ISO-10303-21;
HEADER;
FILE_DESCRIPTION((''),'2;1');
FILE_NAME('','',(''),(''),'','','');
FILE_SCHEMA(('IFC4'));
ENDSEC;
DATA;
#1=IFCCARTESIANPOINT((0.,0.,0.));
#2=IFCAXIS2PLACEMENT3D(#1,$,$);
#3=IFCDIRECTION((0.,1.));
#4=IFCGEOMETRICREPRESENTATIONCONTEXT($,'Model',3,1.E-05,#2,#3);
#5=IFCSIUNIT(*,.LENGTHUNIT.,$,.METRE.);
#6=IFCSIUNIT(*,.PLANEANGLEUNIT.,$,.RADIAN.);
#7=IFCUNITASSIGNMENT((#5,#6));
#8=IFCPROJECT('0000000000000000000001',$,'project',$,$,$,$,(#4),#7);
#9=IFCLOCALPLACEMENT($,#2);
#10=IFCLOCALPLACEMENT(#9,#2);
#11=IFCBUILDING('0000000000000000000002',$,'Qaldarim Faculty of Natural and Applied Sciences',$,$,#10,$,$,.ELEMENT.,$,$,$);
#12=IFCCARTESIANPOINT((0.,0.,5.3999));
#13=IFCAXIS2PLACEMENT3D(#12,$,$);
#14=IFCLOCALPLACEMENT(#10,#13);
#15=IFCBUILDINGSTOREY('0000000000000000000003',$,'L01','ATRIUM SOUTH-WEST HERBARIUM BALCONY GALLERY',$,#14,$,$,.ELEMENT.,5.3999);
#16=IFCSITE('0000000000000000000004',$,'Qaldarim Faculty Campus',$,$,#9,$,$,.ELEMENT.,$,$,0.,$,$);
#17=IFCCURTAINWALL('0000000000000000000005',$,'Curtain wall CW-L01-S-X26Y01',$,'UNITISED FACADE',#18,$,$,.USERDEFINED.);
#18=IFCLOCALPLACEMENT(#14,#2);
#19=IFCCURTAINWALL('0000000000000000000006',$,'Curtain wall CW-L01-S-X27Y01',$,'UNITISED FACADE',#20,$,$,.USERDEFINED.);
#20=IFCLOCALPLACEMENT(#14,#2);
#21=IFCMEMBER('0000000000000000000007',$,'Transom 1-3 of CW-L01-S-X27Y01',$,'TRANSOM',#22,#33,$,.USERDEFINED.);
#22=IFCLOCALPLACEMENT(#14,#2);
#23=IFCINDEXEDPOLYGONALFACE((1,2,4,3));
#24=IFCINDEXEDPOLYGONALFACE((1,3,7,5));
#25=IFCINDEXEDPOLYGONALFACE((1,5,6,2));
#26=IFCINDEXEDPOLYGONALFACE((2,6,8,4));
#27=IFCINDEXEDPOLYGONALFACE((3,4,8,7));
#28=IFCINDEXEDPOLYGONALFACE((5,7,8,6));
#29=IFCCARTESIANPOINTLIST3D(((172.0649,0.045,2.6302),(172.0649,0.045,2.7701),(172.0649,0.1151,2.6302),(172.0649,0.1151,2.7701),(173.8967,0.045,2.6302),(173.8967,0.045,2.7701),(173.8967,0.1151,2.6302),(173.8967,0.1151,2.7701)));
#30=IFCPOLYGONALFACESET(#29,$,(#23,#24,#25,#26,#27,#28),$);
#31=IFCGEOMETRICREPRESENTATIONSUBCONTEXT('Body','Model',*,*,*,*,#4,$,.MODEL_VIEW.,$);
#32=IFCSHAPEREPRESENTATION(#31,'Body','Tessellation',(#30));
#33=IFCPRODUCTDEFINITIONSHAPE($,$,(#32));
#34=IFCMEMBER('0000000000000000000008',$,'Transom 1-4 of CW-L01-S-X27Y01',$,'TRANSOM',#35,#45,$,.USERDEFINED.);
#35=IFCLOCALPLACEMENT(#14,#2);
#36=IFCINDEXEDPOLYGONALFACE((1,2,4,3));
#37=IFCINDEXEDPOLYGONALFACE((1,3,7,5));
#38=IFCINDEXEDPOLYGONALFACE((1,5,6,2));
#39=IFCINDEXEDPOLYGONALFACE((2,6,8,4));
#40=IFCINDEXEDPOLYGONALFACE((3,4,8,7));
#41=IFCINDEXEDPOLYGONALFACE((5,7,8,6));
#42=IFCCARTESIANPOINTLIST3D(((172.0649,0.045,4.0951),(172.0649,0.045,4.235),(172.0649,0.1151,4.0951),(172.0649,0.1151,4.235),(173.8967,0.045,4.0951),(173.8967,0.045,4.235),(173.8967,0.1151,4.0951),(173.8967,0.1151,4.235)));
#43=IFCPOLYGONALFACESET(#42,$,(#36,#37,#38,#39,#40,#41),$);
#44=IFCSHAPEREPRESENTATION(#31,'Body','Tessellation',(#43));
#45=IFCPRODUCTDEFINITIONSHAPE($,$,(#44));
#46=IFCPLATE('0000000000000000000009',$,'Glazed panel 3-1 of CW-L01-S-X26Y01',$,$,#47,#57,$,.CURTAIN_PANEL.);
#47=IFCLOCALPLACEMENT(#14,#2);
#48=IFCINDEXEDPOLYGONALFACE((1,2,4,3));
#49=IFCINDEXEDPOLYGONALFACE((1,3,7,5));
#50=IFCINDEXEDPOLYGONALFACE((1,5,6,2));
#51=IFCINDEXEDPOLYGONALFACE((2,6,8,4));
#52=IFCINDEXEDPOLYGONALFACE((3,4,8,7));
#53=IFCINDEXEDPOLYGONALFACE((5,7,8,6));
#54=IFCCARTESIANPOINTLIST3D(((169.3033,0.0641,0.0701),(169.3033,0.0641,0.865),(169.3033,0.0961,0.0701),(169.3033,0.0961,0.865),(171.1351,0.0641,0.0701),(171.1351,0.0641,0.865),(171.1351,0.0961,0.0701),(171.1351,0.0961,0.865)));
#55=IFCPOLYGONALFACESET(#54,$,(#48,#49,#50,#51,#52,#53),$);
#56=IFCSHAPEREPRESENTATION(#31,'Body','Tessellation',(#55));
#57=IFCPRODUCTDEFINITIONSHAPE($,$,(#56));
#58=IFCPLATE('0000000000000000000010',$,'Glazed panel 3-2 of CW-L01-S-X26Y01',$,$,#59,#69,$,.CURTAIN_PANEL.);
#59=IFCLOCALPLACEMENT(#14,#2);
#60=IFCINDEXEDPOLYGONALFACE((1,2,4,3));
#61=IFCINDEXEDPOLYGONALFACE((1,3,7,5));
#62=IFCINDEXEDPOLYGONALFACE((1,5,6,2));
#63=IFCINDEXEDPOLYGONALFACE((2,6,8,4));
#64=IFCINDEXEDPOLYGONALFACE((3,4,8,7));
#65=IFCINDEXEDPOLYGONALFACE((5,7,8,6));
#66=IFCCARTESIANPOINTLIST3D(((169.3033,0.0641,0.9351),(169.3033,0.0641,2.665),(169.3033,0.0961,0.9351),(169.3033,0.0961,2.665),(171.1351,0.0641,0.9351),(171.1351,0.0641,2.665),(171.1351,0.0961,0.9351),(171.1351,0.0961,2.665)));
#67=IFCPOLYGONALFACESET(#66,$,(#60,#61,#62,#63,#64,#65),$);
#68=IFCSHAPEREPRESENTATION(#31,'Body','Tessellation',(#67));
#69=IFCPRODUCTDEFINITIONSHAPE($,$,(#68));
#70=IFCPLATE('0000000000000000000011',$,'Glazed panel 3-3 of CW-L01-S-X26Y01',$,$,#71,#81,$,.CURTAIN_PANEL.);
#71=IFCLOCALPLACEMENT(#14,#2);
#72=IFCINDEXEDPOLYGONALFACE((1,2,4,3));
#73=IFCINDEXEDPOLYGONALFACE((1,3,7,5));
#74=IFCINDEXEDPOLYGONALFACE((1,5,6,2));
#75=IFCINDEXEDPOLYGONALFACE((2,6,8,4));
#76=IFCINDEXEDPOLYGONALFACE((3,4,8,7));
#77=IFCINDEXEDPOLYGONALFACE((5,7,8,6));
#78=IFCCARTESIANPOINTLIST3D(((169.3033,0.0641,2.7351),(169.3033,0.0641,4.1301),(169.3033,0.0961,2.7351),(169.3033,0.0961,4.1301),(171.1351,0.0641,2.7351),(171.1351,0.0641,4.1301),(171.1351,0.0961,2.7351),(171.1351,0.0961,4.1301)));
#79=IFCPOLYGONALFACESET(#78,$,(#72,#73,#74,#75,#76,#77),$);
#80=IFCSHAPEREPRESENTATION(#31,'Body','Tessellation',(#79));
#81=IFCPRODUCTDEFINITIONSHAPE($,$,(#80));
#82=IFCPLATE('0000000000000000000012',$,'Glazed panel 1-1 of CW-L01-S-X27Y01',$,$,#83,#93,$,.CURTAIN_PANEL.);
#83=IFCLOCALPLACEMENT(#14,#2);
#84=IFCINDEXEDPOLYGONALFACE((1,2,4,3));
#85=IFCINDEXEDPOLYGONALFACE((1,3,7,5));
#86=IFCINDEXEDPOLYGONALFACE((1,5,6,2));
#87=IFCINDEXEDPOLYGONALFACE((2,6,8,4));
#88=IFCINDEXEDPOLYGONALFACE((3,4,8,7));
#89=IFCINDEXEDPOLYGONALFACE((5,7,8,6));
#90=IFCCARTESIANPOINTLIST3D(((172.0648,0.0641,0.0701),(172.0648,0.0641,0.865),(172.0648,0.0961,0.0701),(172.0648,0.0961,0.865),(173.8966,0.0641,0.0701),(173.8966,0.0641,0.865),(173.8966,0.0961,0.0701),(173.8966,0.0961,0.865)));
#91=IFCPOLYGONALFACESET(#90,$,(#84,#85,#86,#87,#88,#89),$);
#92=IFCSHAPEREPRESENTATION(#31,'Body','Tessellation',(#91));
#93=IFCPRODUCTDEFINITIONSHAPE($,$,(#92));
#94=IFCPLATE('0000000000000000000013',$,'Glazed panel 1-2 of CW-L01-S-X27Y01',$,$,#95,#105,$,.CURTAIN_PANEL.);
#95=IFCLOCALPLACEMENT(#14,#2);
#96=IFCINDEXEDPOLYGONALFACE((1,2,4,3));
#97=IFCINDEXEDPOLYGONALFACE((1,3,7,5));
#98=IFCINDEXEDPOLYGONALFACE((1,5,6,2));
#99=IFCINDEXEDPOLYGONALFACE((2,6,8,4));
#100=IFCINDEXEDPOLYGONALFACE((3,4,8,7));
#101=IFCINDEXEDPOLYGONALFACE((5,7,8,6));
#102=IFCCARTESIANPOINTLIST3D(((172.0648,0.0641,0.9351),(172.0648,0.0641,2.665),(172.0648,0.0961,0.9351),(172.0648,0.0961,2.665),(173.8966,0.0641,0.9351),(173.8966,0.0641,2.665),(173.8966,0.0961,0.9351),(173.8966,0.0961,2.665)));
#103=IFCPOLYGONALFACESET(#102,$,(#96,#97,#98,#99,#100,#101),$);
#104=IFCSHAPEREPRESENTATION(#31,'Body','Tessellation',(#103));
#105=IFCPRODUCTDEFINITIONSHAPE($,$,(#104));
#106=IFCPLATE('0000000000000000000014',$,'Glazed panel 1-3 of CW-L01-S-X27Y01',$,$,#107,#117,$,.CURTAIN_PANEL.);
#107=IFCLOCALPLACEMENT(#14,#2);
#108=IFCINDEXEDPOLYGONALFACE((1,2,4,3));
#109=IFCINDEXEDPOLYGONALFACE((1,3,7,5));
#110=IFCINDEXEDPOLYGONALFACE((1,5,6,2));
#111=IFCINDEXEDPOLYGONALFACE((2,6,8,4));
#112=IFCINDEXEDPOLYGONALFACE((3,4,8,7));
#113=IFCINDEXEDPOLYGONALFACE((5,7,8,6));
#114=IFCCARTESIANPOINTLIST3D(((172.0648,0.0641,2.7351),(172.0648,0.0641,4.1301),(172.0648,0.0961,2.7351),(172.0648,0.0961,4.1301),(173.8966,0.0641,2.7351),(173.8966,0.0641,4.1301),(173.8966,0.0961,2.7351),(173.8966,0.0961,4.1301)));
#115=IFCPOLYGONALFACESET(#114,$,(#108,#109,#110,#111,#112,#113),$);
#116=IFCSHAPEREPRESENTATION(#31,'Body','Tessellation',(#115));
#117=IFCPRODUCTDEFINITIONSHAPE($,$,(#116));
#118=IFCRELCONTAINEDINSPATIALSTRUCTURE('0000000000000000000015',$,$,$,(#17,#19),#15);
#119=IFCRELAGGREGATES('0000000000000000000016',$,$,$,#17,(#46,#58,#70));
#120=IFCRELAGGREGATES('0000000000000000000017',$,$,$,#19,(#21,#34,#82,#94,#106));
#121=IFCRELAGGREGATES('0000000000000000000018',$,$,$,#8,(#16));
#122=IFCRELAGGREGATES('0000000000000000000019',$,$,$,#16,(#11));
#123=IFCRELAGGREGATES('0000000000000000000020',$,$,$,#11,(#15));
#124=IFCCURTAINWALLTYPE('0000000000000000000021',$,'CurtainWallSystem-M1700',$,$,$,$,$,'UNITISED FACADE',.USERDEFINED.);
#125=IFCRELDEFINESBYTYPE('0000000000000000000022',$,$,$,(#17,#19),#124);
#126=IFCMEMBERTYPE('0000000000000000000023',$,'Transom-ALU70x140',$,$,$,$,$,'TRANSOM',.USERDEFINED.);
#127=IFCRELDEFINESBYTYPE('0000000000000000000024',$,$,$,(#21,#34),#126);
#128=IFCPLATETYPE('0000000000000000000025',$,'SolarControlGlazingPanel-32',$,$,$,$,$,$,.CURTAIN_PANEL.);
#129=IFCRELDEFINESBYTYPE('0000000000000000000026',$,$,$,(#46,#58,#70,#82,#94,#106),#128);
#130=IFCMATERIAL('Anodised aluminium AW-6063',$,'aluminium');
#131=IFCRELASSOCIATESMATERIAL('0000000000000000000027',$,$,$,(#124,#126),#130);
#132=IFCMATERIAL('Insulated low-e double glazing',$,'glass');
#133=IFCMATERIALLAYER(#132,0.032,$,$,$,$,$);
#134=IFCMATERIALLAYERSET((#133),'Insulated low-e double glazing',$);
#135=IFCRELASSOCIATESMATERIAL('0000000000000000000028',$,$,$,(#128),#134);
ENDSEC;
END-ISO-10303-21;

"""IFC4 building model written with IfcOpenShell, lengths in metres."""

from ifc_helpers import new_model, si_unit, direction, frame, origin, origin_2d, place, context, subcontext, project, spatial, rectangle, extrude, material, layer, layer_set, material_profile, profile_set, type_object, element, aggregate, save


model = new_model("IFC4")

# Units and contexts
model_context = context("Model", 3, precision=1e-05, world=origin(), true_north=direction((0.0, 1.0)))
body_context = subcontext(model_context, "Body", "Model", "MODEL_VIEW")
ifc_project = project(units=[si_unit("LENGTHUNIT", "METRE"), si_unit("PLANEANGLEUNIT", "RADIAN")], contexts=[model_context])

# Site, building, storey
site_placement = place(None, origin())
site = spatial("IfcSite", under=ifc_project, at=site_placement, Name="Qaldarim Faculty Campus", CompositionType="ELEMENT", RefElevation=0.0)
building_placement = place(site_placement, origin())
building = spatial("IfcBuilding", under=site, at=building_placement, Name="Qaldarim Faculty of Natural and Applied Sciences", CompositionType="ELEMENT")
storey_placement = place(building_placement, frame((0.0, 0.0, 5.3999)))
storey = spatial("IfcBuildingStorey", under=building, at=storey_placement, Name="L01", Description="ATRIUM SOUTH-WEST HERBARIUM BALCONY GALLERY", CompositionType="ELEMENT", Elevation=5.3999)

# Curtain wall
ifc_material_1 = material(Name="Anodised aluminium AW-6063", Category="aluminium")
curtain_wall_type = type_object("IfcCurtainWallType", Name="CurtainWallSystem-M1700", ElementType="UNITISED FACADE", PredefinedType="USERDEFINED", material=ifc_material_1)
curtain_wall_1_placement = place(storey_placement, origin())
curtain_wall_1 = element("IfcCurtainWall", 1, at=curtain_wall_1_placement, inside=storey, type_object=curtain_wall_type, Name="Curtain wall CW-L01-S-X26Y01", ObjectType="UNITISED FACADE", PredefinedType="USERDEFINED")

# Curtain wall
curtain_wall_2_placement = place(storey_placement, origin())
curtain_wall_2 = element("IfcCurtainWall", 2, at=curtain_wall_2_placement, inside=storey, type_object=curtain_wall_type, Name="Curtain wall CW-L01-S-X27Y01", ObjectType="UNITISED FACADE", PredefinedType="USERDEFINED")

# Members
ifc_material_profile_1 = material_profile(ifc_material_1, rectangle(XDim=0.0701, YDim=0.1399, at=origin_2d()), Name="ALU-T70x140")
ifc_profile_set_1 = profile_set([ifc_material_profile_1], Name="Anodised aluminium AW-6063")
member_type_1 = type_object("IfcMemberType", Name="Transom-ALU70x140", ElementType="TRANSOM", PredefinedType="USERDEFINED", material=ifc_profile_set_1)
member_1_placement = place(storey_placement, frame((172.0649, 0.0801, 2.7002), z_axis=(1.0, 0.0, 0.0), x_axis=(0.0, 1.0, 0.0)))
member_1 = element("IfcMember", 3, at=member_1_placement, type_object=member_type_1, Name="Transom 1-3 of CW-L01-S-X27Y01", ObjectType="TRANSOM", PredefinedType="USERDEFINED", context=body_context, shape_type="SweptSolid", body=[
    extrude(rectangle(XDim=0.0701, YDim=0.1399, at=origin_2d()), origin(), (0.0, 0.0, 1.0), 1.8318),
])
member_2_placement = place(storey_placement, frame((172.0649, 0.0801, 4.165), z_axis=(1.0, 0.0, 0.0), x_axis=(0.0, 1.0, 0.0)))
member_2 = element("IfcMember", 4, at=member_2_placement, type_object=member_type_1, Name="Transom 1-4 of CW-L01-S-X27Y01", ObjectType="TRANSOM", PredefinedType="USERDEFINED", context=body_context, shape_type="SweptSolid", body=[
    extrude(rectangle(XDim=0.0701, YDim=0.1399, at=origin_2d()), origin(), (0.0, 0.0, 1.0), 1.8318),
])

# Plates
ifc_material_2 = material(Name="Insulated low-e double glazing", Category="glass")
ifc_layer = layer(ifc_material_2, 0.032)
ifc_layer_set = layer_set([ifc_layer], Name="Insulated low-e double glazing")
plate_type = type_object("IfcPlateType", Name="SolarControlGlazingPanel-32", PredefinedType="CURTAIN_PANEL", material=ifc_layer_set)
plate_1_placement = place(storey_placement, frame((170.2192, 0.0801, 0.0701), z_axis=(0.0, 0.0, 1.0), x_axis=(1.0, 0.0, 0.0)))
plate_1 = element("IfcPlate", 5, at=plate_1_placement, type_object=plate_type, Name="Glazed panel 3-1 of CW-L01-S-X26Y01", PredefinedType="CURTAIN_PANEL", context=body_context, shape_type="SweptSolid", body=[
    extrude(rectangle(XDim=1.8318, YDim=0.032, at=origin_2d()), origin(), (0.0, 0.0, 1.0), 0.7949),
])
plate_2_placement = place(storey_placement, frame((170.2192, 0.0801, 0.9351), z_axis=(0.0, 0.0, 1.0), x_axis=(1.0, 0.0, 0.0)))
plate_2 = element("IfcPlate", 6, at=plate_2_placement, type_object=plate_type, Name="Glazed panel 3-2 of CW-L01-S-X26Y01", PredefinedType="CURTAIN_PANEL", context=body_context, shape_type="SweptSolid", body=[
    extrude(rectangle(XDim=1.8318, YDim=0.032, at=origin_2d()), origin(), (0.0, 0.0, 1.0), 1.73),
])
plate_3_placement = place(storey_placement, frame((170.2192, 0.0801, 2.7351), z_axis=(0.0, 0.0, 1.0), x_axis=(1.0, 0.0, 0.0)))
plate_3 = element("IfcPlate", 7, at=plate_3_placement, type_object=plate_type, Name="Glazed panel 3-3 of CW-L01-S-X26Y01", PredefinedType="CURTAIN_PANEL", context=body_context, shape_type="SweptSolid", body=[
    extrude(rectangle(XDim=1.8318, YDim=0.032, at=origin_2d()), origin(), (0.0, 0.0, 1.0), 1.395),
])
aggregate(curtain_wall_1, [plate_1, plate_2, plate_3])
plate_4_placement = place(storey_placement, frame((172.9807, 0.0801, 0.0701), z_axis=(0.0, 0.0, 1.0), x_axis=(1.0, 0.0, 0.0)))
plate_4 = element("IfcPlate", 8, at=plate_4_placement, type_object=plate_type, Name="Glazed panel 1-1 of CW-L01-S-X27Y01", PredefinedType="CURTAIN_PANEL", context=body_context, shape_type="SweptSolid", body=[
    extrude(rectangle(XDim=1.8318, YDim=0.032, at=origin_2d()), origin(), (0.0, 0.0, 1.0), 0.7949),
])
plate_5_placement = place(storey_placement, frame((172.9807, 0.0801, 0.9351), z_axis=(0.0, 0.0, 1.0), x_axis=(1.0, 0.0, 0.0)))
plate_5 = element("IfcPlate", 9, at=plate_5_placement, type_object=plate_type, Name="Glazed panel 1-2 of CW-L01-S-X27Y01", PredefinedType="CURTAIN_PANEL", context=body_context, shape_type="SweptSolid", body=[
    extrude(rectangle(XDim=1.8318, YDim=0.032, at=origin_2d()), origin(), (0.0, 0.0, 1.0), 1.73),
])
plate_6_placement = place(storey_placement, frame((172.9807, 0.0801, 2.7351), z_axis=(0.0, 0.0, 1.0), x_axis=(1.0, 0.0, 0.0)))
plate_6 = element("IfcPlate", 10, at=plate_6_placement, type_object=plate_type, Name="Glazed panel 1-3 of CW-L01-S-X27Y01", PredefinedType="CURTAIN_PANEL", context=body_context, shape_type="SweptSolid", body=[
    extrude(rectangle(XDim=1.8318, YDim=0.032, at=origin_2d()), origin(), (0.0, 0.0, 1.0), 1.395),
])
aggregate(curtain_wall_2, [member_1, member_2, plate_4, plate_5, plate_6])

save(model, "model.ifc")
